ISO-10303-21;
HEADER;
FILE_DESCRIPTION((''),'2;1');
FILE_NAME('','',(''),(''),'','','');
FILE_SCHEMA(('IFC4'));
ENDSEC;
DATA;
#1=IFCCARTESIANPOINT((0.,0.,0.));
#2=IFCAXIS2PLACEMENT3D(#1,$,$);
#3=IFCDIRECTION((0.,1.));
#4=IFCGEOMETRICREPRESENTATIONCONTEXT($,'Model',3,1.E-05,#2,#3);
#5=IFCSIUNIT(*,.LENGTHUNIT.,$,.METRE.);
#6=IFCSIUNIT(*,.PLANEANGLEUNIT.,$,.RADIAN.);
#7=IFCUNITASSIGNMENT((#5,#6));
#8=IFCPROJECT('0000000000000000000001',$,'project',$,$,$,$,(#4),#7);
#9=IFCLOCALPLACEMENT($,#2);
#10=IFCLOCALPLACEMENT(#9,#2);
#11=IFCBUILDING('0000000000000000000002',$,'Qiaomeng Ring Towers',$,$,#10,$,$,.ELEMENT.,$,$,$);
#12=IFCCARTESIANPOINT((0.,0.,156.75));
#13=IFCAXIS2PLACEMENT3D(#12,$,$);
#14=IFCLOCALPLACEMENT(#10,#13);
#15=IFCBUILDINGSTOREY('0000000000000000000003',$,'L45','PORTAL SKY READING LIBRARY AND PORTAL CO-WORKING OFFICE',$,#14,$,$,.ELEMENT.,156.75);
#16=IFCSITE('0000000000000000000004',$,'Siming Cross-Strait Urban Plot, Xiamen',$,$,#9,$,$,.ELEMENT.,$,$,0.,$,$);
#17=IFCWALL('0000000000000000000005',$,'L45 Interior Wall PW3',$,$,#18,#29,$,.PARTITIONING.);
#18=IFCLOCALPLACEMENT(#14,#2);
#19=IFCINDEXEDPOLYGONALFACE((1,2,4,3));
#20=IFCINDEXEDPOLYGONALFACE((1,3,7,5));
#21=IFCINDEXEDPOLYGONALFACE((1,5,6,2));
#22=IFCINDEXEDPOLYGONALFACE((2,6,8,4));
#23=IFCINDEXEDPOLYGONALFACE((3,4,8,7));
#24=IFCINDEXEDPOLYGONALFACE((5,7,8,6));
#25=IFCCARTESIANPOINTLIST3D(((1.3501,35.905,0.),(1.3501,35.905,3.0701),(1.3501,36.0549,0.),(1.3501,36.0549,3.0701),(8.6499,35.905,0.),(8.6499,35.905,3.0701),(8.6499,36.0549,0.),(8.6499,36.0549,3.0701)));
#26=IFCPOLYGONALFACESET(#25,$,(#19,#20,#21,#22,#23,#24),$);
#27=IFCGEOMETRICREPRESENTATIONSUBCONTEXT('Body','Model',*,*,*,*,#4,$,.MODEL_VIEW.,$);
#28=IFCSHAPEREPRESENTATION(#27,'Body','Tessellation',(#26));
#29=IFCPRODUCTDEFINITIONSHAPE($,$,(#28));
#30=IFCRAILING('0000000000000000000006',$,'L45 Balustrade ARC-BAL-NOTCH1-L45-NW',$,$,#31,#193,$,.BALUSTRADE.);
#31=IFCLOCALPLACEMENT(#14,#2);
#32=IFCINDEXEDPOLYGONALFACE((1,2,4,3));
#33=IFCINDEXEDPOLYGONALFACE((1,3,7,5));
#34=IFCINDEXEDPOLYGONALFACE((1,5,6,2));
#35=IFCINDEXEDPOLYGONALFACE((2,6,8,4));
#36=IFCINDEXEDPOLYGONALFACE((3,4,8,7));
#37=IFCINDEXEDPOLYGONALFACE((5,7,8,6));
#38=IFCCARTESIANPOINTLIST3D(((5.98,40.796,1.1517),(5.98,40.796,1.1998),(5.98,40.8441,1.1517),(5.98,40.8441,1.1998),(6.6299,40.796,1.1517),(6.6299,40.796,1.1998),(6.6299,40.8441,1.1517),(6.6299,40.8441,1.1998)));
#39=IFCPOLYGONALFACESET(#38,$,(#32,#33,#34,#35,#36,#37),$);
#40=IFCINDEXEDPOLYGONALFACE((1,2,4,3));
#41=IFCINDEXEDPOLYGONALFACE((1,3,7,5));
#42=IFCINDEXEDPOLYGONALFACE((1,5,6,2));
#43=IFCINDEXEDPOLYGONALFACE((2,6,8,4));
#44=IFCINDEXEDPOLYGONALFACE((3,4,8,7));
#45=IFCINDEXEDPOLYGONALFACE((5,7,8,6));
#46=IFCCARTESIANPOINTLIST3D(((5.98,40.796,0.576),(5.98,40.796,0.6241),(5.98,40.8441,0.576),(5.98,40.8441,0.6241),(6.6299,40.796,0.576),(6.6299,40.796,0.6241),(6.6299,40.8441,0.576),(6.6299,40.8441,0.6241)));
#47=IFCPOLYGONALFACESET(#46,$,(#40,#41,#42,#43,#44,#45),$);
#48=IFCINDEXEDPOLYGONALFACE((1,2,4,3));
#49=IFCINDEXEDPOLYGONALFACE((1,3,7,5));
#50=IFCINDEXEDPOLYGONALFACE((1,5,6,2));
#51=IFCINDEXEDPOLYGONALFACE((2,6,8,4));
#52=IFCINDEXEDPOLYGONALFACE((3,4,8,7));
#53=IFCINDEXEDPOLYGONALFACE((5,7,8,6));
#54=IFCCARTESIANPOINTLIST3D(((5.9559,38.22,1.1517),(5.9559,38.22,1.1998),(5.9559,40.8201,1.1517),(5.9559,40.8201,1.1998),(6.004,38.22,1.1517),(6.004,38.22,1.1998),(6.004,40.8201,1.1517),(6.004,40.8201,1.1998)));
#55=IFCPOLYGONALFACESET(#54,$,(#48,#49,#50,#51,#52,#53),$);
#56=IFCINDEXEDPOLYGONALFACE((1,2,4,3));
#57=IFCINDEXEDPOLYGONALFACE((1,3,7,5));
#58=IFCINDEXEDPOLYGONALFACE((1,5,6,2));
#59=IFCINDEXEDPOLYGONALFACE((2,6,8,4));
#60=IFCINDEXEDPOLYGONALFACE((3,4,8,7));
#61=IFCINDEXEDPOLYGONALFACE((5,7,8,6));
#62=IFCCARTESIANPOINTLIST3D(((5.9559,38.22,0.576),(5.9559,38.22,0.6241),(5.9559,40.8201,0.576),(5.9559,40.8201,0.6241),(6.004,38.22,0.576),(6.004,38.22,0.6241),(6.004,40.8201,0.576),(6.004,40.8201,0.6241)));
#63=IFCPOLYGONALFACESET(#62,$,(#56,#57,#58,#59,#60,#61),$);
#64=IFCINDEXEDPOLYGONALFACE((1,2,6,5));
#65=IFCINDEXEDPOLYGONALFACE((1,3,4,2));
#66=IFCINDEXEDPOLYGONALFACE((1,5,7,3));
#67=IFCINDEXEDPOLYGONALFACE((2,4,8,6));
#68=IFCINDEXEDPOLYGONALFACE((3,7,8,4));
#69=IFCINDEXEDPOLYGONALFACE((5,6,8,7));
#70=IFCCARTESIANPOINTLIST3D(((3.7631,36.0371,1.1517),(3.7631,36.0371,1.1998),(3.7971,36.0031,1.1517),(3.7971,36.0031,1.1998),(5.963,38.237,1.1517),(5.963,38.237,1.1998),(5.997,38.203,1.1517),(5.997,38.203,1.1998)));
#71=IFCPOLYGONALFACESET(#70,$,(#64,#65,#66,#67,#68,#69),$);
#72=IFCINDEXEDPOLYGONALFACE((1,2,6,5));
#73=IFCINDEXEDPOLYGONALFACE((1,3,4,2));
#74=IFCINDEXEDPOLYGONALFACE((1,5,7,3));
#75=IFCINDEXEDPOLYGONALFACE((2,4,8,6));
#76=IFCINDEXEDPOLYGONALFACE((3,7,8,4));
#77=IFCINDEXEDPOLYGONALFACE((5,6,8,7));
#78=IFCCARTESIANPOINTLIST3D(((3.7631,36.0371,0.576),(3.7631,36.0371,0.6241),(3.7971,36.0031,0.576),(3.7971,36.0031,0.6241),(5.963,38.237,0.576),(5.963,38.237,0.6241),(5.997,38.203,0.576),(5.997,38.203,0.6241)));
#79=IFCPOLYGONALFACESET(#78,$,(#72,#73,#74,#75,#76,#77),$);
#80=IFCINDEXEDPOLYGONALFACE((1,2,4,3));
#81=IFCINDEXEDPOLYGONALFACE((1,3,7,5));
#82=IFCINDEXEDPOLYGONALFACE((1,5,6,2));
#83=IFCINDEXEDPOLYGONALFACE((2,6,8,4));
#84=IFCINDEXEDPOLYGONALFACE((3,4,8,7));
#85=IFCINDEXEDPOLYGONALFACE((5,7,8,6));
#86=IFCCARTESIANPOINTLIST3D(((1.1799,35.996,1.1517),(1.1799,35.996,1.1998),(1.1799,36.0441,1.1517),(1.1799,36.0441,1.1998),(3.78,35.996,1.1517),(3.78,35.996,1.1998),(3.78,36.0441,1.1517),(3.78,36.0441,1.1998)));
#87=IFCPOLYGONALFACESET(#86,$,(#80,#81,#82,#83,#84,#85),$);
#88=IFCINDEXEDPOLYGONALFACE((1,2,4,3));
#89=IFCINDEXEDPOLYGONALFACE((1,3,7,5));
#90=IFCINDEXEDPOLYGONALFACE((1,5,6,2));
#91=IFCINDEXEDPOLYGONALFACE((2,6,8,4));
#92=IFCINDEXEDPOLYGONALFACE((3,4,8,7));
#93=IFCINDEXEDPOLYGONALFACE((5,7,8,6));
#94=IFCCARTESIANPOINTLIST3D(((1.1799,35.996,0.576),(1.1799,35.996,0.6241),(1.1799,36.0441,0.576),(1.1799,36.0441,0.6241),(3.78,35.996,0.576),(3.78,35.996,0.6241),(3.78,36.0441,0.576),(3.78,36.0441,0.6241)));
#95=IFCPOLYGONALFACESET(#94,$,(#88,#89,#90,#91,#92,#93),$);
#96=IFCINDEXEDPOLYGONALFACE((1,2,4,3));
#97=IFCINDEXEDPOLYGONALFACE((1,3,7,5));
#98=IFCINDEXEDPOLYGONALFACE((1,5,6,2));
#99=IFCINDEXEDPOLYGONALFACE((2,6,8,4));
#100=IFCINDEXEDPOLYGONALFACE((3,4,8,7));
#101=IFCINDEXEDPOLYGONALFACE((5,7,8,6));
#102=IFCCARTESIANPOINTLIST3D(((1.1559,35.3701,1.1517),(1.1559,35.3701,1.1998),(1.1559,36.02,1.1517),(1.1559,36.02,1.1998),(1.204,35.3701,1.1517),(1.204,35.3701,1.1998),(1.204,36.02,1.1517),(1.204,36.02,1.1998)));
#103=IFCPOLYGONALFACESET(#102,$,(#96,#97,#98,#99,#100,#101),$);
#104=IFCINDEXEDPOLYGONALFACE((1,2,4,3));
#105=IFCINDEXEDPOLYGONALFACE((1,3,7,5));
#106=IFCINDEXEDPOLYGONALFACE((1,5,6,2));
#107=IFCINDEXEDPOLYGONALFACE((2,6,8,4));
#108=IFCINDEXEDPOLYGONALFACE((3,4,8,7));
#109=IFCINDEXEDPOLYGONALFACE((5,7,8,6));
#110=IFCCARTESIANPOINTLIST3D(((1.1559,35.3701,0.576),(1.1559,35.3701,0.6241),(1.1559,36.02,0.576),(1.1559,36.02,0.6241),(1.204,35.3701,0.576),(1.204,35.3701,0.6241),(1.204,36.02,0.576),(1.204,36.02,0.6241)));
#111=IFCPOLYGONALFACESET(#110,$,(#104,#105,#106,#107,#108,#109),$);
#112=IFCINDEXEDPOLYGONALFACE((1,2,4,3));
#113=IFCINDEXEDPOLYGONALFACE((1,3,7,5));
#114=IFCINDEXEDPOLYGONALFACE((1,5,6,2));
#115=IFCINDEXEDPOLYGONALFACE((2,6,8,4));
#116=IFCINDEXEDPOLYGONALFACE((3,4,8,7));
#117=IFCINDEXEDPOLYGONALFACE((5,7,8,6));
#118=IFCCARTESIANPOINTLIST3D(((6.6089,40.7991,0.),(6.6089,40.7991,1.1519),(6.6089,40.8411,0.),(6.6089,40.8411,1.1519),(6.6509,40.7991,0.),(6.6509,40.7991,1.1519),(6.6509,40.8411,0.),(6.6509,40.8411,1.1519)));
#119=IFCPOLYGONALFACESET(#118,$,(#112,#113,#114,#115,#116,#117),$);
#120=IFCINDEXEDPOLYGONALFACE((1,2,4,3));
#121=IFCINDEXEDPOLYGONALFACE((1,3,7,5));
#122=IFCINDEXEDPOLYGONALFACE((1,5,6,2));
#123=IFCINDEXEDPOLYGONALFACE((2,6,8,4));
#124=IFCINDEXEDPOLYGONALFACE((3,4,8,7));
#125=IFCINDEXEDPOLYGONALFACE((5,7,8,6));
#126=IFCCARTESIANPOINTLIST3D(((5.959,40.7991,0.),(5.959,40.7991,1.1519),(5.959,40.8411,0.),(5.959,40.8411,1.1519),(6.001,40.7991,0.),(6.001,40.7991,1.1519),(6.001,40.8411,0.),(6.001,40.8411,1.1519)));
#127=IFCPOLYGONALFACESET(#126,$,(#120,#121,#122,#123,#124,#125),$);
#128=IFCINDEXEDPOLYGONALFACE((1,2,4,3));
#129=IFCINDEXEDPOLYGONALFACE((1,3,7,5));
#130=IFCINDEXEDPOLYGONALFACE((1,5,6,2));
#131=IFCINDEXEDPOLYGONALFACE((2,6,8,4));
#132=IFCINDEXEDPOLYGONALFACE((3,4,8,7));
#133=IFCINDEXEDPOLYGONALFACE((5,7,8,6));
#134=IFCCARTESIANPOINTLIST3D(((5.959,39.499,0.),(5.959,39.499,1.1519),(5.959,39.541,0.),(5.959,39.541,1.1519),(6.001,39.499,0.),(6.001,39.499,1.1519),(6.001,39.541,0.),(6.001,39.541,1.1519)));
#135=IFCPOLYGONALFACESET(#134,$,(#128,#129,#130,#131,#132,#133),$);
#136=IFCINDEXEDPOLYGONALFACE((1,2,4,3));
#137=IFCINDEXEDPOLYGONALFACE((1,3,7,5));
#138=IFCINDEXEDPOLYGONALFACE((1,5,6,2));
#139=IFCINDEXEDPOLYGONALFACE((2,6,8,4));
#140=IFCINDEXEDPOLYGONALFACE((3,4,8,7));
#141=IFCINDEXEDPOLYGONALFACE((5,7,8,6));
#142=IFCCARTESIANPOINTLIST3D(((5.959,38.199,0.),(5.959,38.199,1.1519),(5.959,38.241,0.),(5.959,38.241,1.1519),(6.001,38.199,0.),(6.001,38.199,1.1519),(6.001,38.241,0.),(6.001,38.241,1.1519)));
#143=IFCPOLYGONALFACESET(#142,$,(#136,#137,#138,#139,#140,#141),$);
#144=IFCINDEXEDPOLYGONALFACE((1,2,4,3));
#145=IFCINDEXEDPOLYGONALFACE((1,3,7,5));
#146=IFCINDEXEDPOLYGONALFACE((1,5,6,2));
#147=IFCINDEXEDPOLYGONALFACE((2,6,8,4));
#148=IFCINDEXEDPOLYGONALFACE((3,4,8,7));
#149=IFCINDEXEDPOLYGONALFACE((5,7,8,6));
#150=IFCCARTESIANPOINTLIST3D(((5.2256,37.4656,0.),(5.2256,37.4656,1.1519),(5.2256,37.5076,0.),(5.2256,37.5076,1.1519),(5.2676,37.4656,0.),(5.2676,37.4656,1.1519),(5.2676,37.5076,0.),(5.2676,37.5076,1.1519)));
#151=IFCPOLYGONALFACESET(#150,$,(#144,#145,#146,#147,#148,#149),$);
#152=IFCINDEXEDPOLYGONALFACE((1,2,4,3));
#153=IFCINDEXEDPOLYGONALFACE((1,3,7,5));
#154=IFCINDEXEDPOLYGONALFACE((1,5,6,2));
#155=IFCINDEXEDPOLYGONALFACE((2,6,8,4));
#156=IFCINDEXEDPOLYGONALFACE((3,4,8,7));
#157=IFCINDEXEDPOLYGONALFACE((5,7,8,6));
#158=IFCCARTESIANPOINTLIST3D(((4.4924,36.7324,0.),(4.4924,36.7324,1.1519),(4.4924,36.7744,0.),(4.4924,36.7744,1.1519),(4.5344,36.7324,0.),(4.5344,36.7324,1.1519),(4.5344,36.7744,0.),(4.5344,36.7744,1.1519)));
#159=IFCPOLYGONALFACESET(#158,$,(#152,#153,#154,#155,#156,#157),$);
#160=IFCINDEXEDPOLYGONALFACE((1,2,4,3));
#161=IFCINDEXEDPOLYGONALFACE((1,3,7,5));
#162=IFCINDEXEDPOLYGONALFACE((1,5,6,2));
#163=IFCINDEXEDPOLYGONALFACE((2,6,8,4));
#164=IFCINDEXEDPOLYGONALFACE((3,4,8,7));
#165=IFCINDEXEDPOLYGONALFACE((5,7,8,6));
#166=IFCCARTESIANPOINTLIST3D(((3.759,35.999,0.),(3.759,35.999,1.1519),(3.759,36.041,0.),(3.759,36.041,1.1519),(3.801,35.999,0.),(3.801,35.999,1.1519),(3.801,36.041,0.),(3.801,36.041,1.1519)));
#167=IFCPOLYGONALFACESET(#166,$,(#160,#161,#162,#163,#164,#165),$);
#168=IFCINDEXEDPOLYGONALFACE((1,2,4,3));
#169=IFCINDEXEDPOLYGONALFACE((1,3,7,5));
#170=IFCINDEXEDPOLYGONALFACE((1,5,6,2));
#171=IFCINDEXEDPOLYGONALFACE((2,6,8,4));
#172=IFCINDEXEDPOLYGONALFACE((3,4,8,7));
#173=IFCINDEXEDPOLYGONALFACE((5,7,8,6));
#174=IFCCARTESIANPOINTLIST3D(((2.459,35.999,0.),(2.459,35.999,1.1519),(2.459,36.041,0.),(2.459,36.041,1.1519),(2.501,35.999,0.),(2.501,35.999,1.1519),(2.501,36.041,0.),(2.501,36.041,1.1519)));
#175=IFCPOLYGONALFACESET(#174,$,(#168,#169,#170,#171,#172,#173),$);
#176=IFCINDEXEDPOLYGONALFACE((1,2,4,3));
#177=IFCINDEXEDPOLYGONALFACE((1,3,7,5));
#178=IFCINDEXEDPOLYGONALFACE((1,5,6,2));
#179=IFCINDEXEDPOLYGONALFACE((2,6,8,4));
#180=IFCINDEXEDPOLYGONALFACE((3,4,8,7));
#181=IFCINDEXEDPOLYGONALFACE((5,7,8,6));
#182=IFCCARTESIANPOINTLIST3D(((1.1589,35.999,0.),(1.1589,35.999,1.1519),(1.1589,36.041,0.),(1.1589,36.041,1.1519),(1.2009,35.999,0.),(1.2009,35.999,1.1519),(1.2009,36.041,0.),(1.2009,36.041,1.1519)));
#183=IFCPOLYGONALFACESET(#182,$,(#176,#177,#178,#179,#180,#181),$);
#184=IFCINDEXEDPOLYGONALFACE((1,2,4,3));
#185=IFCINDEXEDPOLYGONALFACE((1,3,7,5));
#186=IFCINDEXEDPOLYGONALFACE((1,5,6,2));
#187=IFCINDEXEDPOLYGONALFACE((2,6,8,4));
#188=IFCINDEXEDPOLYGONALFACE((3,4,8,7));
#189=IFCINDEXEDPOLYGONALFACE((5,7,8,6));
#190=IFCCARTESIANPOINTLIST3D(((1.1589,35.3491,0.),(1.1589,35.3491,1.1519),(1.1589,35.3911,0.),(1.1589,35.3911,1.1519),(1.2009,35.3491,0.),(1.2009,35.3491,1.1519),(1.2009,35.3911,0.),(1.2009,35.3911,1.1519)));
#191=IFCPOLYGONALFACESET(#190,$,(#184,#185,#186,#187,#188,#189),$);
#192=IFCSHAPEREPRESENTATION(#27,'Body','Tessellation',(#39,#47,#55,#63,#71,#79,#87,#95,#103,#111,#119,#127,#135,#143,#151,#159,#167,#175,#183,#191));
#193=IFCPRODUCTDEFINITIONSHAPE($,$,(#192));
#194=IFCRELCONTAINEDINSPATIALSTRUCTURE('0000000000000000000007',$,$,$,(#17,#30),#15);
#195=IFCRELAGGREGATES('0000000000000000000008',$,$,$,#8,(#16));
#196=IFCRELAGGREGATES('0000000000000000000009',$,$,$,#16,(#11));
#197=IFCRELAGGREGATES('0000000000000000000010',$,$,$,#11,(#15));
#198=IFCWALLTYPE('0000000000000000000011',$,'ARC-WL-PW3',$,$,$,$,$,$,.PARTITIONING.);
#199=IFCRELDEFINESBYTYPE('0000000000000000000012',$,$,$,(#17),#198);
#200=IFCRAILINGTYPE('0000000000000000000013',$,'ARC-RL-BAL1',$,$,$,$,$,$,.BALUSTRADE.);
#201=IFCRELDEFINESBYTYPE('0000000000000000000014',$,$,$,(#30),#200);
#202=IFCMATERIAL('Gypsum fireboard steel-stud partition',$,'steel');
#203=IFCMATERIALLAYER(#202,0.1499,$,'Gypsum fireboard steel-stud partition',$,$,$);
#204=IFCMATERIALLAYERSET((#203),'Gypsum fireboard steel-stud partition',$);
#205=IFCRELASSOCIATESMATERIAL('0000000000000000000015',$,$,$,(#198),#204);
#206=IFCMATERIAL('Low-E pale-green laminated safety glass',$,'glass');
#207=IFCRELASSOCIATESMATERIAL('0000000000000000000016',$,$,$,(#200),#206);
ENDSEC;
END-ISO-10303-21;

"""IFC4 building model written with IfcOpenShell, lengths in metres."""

from ifc_helpers import new_model, si_unit, direction, frame, frame_2d, origin, origin_2d, place, context, subcontext, project, spatial, rectangle, extrude, material, layer, layer_set, type_object, element, save


model = new_model("IFC4")

# Units and contexts
model_context = context("Model", 3, precision=1e-05, world=origin(), true_north=direction((0.0, 1.0)))
body_context = subcontext(model_context, "Body", "Model", "MODEL_VIEW")
ifc_project = project(units=[si_unit("LENGTHUNIT", "METRE"), si_unit("PLANEANGLEUNIT", "RADIAN")], contexts=[model_context])

# Site, building, storey
site_placement = place(None, origin())
site = spatial("IfcSite", under=ifc_project, at=site_placement, Name="Siming Cross-Strait Urban Plot, Xiamen", CompositionType="ELEMENT", RefElevation=0.0)
building_placement = place(site_placement, origin())
building = spatial("IfcBuilding", under=site, at=building_placement, Name="Qiaomeng Ring Towers", CompositionType="ELEMENT")
storey_placement = place(building_placement, frame((0.0, 0.0, 156.75)))
storey = spatial("IfcBuildingStorey", under=building, at=storey_placement, Name="L45", Description="PORTAL SKY READING LIBRARY AND PORTAL CO-WORKING OFFICE", CompositionType="ELEMENT", Elevation=156.75)

# Wall
ifc_material_1 = material(Name="Gypsum fireboard steel-stud partition", Category="steel")
ifc_layer_1 = layer(ifc_material_1, 0.1499, Name="Gypsum fireboard steel-stud partition")
ifc_layer_set_1 = layer_set([ifc_layer_1], Name="Gypsum fireboard steel-stud partition")
wall_type_1 = type_object("IfcWallType", Name="ARC-WL-PW3", PredefinedType="PARTITIONING", material=ifc_layer_set_1)
wall_1_placement = place(storey_placement, frame((1.3501, 35.98, 0.0), z_axis=(0.0, 0.0, 1.0), x_axis=(1.0, 0.0, 0.0)))
element("IfcWall", 1, at=wall_1_placement, inside=storey, type_object=wall_type_1, Name="L45 Interior Wall PW3", PredefinedType="PARTITIONING", context=body_context, shape_type="SweptSolid", body=[
    extrude(rectangle(XDim=7.2998, YDim=0.1499, at=frame_2d((3.6499, 0.0))), origin(), (0.0, 0.0, 1.0), 3.0701),
])

# Railing
ifc_material_2 = material(Name="Low-E pale-green laminated safety glass", Category="glass")
railing_type = type_object("IfcRailingType", Name="ARC-RL-BAL1", PredefinedType="BALUSTRADE", material=ifc_material_2)
railing_placement = place(storey_placement, frame((6.6299, 40.8201, 0.0)))
element("IfcRailing", 2, at=railing_placement, inside=storey, type_object=railing_type, Name="L45 Balustrade ARC-BAL-NOTCH1-L45-NW", PredefinedType="BALUSTRADE", context=body_context, shape_type="SweptSolid", body=[
    extrude(rectangle(XDim=0.0481, YDim=0.0481, at=origin_2d()), frame((0.0, 0.0, 1.1758), z_axis=(-1.0, 0.0, 0.0), x_axis=(0.0, -1.0, 0.0)), (0.0, 0.0, 1.0), 0.6499),
    extrude(rectangle(XDim=0.0481, YDim=0.0481, at=origin_2d()), frame((0.0, 0.0, 0.6001), z_axis=(-1.0, 0.0, 0.0), x_axis=(0.0, -1.0, 0.0)), (0.0, 0.0, 1.0), 0.6499),
    extrude(rectangle(XDim=0.0481, YDim=0.0481, at=origin_2d()), frame((-0.6499, 0.0, 1.1758), z_axis=(0.0, -1.0, 0.0), x_axis=(1.0, 0.0, 0.0)), (0.0, 0.0, 1.0), 2.6001),
    extrude(rectangle(XDim=0.0481, YDim=0.0481, at=origin_2d()), frame((-0.6499, 0.0, 0.6001), z_axis=(0.0, -1.0, 0.0), x_axis=(1.0, 0.0, 0.0)), (0.0, 0.0, 1.0), 2.6001),
    extrude(rectangle(XDim=0.0481, YDim=0.0481, at=origin_2d()), frame((-0.6499, -2.6001, 1.1758), z_axis=(-0.707107, -0.707107, 0.0), x_axis=(0.707107, -0.707107, 0.0)), (0.0, 0.0, 1.0), 3.1111),
    extrude(rectangle(XDim=0.0481, YDim=0.0481, at=origin_2d()), frame((-0.6499, -2.6001, 0.6001), z_axis=(-0.707107, -0.707107, 0.0), x_axis=(0.707107, -0.707107, 0.0)), (0.0, 0.0, 1.0), 3.1111),
    extrude(rectangle(XDim=0.0481, YDim=0.0481, at=origin_2d()), frame((-2.8499, -4.8, 1.1758), z_axis=(-1.0, 0.0, 0.0), x_axis=(0.0, -1.0, 0.0)), (0.0, 0.0, 1.0), 2.6001),
    extrude(rectangle(XDim=0.0481, YDim=0.0481, at=origin_2d()), frame((-2.8499, -4.8, 0.6001), z_axis=(-1.0, 0.0, 0.0), x_axis=(0.0, -1.0, 0.0)), (0.0, 0.0, 1.0), 2.6001),
    extrude(rectangle(XDim=0.0481, YDim=0.0481, at=origin_2d()), frame((-5.45, -4.8, 1.1758), z_axis=(0.0, -1.0, 0.0), x_axis=(1.0, 0.0, 0.0)), (0.0, 0.0, 1.0), 0.6499),
    extrude(rectangle(XDim=0.0481, YDim=0.0481, at=origin_2d()), frame((-5.45, -4.8, 0.6001), z_axis=(0.0, -1.0, 0.0), x_axis=(1.0, 0.0, 0.0)), (0.0, 0.0, 1.0), 0.6499),
    extrude(rectangle(XDim=0.042, YDim=0.042, at=origin_2d()), origin(), (0.0, 0.0, 1.0), 1.1519),
    extrude(rectangle(XDim=0.042, YDim=0.042, at=origin_2d()), frame((-0.6499, 0.0, 0.0)), (0.0, 0.0, 1.0), 1.1519),
    extrude(rectangle(XDim=0.042, YDim=0.042, at=origin_2d()), frame((-0.6499, -1.3, 0.0)), (0.0, 0.0, 1.0), 1.1519),
    extrude(rectangle(XDim=0.042, YDim=0.042, at=origin_2d()), frame((-0.6499, -2.6001, 0.0)), (0.0, 0.0, 1.0), 1.1519),
    extrude(rectangle(XDim=0.042, YDim=0.042, at=origin_2d()), frame((-1.3833, -3.3335, 0.0)), (0.0, 0.0, 1.0), 1.1519),
    extrude(rectangle(XDim=0.042, YDim=0.042, at=origin_2d()), frame((-2.1165, -4.0667, 0.0)), (0.0, 0.0, 1.0), 1.1519),
    extrude(rectangle(XDim=0.042, YDim=0.042, at=origin_2d()), frame((-2.8499, -4.8, 0.0)), (0.0, 0.0, 1.0), 1.1519),
    extrude(rectangle(XDim=0.042, YDim=0.042, at=origin_2d()), frame((-4.1499, -4.8, 0.0)), (0.0, 0.0, 1.0), 1.1519),
    extrude(rectangle(XDim=0.042, YDim=0.042, at=origin_2d()), frame((-5.45, -4.8, 0.0)), (0.0, 0.0, 1.0), 1.1519),
    extrude(rectangle(XDim=0.042, YDim=0.042, at=origin_2d()), frame((-5.45, -5.45, 0.0)), (0.0, 0.0, 1.0), 1.1519),
])

save(model, "model.ifc")
